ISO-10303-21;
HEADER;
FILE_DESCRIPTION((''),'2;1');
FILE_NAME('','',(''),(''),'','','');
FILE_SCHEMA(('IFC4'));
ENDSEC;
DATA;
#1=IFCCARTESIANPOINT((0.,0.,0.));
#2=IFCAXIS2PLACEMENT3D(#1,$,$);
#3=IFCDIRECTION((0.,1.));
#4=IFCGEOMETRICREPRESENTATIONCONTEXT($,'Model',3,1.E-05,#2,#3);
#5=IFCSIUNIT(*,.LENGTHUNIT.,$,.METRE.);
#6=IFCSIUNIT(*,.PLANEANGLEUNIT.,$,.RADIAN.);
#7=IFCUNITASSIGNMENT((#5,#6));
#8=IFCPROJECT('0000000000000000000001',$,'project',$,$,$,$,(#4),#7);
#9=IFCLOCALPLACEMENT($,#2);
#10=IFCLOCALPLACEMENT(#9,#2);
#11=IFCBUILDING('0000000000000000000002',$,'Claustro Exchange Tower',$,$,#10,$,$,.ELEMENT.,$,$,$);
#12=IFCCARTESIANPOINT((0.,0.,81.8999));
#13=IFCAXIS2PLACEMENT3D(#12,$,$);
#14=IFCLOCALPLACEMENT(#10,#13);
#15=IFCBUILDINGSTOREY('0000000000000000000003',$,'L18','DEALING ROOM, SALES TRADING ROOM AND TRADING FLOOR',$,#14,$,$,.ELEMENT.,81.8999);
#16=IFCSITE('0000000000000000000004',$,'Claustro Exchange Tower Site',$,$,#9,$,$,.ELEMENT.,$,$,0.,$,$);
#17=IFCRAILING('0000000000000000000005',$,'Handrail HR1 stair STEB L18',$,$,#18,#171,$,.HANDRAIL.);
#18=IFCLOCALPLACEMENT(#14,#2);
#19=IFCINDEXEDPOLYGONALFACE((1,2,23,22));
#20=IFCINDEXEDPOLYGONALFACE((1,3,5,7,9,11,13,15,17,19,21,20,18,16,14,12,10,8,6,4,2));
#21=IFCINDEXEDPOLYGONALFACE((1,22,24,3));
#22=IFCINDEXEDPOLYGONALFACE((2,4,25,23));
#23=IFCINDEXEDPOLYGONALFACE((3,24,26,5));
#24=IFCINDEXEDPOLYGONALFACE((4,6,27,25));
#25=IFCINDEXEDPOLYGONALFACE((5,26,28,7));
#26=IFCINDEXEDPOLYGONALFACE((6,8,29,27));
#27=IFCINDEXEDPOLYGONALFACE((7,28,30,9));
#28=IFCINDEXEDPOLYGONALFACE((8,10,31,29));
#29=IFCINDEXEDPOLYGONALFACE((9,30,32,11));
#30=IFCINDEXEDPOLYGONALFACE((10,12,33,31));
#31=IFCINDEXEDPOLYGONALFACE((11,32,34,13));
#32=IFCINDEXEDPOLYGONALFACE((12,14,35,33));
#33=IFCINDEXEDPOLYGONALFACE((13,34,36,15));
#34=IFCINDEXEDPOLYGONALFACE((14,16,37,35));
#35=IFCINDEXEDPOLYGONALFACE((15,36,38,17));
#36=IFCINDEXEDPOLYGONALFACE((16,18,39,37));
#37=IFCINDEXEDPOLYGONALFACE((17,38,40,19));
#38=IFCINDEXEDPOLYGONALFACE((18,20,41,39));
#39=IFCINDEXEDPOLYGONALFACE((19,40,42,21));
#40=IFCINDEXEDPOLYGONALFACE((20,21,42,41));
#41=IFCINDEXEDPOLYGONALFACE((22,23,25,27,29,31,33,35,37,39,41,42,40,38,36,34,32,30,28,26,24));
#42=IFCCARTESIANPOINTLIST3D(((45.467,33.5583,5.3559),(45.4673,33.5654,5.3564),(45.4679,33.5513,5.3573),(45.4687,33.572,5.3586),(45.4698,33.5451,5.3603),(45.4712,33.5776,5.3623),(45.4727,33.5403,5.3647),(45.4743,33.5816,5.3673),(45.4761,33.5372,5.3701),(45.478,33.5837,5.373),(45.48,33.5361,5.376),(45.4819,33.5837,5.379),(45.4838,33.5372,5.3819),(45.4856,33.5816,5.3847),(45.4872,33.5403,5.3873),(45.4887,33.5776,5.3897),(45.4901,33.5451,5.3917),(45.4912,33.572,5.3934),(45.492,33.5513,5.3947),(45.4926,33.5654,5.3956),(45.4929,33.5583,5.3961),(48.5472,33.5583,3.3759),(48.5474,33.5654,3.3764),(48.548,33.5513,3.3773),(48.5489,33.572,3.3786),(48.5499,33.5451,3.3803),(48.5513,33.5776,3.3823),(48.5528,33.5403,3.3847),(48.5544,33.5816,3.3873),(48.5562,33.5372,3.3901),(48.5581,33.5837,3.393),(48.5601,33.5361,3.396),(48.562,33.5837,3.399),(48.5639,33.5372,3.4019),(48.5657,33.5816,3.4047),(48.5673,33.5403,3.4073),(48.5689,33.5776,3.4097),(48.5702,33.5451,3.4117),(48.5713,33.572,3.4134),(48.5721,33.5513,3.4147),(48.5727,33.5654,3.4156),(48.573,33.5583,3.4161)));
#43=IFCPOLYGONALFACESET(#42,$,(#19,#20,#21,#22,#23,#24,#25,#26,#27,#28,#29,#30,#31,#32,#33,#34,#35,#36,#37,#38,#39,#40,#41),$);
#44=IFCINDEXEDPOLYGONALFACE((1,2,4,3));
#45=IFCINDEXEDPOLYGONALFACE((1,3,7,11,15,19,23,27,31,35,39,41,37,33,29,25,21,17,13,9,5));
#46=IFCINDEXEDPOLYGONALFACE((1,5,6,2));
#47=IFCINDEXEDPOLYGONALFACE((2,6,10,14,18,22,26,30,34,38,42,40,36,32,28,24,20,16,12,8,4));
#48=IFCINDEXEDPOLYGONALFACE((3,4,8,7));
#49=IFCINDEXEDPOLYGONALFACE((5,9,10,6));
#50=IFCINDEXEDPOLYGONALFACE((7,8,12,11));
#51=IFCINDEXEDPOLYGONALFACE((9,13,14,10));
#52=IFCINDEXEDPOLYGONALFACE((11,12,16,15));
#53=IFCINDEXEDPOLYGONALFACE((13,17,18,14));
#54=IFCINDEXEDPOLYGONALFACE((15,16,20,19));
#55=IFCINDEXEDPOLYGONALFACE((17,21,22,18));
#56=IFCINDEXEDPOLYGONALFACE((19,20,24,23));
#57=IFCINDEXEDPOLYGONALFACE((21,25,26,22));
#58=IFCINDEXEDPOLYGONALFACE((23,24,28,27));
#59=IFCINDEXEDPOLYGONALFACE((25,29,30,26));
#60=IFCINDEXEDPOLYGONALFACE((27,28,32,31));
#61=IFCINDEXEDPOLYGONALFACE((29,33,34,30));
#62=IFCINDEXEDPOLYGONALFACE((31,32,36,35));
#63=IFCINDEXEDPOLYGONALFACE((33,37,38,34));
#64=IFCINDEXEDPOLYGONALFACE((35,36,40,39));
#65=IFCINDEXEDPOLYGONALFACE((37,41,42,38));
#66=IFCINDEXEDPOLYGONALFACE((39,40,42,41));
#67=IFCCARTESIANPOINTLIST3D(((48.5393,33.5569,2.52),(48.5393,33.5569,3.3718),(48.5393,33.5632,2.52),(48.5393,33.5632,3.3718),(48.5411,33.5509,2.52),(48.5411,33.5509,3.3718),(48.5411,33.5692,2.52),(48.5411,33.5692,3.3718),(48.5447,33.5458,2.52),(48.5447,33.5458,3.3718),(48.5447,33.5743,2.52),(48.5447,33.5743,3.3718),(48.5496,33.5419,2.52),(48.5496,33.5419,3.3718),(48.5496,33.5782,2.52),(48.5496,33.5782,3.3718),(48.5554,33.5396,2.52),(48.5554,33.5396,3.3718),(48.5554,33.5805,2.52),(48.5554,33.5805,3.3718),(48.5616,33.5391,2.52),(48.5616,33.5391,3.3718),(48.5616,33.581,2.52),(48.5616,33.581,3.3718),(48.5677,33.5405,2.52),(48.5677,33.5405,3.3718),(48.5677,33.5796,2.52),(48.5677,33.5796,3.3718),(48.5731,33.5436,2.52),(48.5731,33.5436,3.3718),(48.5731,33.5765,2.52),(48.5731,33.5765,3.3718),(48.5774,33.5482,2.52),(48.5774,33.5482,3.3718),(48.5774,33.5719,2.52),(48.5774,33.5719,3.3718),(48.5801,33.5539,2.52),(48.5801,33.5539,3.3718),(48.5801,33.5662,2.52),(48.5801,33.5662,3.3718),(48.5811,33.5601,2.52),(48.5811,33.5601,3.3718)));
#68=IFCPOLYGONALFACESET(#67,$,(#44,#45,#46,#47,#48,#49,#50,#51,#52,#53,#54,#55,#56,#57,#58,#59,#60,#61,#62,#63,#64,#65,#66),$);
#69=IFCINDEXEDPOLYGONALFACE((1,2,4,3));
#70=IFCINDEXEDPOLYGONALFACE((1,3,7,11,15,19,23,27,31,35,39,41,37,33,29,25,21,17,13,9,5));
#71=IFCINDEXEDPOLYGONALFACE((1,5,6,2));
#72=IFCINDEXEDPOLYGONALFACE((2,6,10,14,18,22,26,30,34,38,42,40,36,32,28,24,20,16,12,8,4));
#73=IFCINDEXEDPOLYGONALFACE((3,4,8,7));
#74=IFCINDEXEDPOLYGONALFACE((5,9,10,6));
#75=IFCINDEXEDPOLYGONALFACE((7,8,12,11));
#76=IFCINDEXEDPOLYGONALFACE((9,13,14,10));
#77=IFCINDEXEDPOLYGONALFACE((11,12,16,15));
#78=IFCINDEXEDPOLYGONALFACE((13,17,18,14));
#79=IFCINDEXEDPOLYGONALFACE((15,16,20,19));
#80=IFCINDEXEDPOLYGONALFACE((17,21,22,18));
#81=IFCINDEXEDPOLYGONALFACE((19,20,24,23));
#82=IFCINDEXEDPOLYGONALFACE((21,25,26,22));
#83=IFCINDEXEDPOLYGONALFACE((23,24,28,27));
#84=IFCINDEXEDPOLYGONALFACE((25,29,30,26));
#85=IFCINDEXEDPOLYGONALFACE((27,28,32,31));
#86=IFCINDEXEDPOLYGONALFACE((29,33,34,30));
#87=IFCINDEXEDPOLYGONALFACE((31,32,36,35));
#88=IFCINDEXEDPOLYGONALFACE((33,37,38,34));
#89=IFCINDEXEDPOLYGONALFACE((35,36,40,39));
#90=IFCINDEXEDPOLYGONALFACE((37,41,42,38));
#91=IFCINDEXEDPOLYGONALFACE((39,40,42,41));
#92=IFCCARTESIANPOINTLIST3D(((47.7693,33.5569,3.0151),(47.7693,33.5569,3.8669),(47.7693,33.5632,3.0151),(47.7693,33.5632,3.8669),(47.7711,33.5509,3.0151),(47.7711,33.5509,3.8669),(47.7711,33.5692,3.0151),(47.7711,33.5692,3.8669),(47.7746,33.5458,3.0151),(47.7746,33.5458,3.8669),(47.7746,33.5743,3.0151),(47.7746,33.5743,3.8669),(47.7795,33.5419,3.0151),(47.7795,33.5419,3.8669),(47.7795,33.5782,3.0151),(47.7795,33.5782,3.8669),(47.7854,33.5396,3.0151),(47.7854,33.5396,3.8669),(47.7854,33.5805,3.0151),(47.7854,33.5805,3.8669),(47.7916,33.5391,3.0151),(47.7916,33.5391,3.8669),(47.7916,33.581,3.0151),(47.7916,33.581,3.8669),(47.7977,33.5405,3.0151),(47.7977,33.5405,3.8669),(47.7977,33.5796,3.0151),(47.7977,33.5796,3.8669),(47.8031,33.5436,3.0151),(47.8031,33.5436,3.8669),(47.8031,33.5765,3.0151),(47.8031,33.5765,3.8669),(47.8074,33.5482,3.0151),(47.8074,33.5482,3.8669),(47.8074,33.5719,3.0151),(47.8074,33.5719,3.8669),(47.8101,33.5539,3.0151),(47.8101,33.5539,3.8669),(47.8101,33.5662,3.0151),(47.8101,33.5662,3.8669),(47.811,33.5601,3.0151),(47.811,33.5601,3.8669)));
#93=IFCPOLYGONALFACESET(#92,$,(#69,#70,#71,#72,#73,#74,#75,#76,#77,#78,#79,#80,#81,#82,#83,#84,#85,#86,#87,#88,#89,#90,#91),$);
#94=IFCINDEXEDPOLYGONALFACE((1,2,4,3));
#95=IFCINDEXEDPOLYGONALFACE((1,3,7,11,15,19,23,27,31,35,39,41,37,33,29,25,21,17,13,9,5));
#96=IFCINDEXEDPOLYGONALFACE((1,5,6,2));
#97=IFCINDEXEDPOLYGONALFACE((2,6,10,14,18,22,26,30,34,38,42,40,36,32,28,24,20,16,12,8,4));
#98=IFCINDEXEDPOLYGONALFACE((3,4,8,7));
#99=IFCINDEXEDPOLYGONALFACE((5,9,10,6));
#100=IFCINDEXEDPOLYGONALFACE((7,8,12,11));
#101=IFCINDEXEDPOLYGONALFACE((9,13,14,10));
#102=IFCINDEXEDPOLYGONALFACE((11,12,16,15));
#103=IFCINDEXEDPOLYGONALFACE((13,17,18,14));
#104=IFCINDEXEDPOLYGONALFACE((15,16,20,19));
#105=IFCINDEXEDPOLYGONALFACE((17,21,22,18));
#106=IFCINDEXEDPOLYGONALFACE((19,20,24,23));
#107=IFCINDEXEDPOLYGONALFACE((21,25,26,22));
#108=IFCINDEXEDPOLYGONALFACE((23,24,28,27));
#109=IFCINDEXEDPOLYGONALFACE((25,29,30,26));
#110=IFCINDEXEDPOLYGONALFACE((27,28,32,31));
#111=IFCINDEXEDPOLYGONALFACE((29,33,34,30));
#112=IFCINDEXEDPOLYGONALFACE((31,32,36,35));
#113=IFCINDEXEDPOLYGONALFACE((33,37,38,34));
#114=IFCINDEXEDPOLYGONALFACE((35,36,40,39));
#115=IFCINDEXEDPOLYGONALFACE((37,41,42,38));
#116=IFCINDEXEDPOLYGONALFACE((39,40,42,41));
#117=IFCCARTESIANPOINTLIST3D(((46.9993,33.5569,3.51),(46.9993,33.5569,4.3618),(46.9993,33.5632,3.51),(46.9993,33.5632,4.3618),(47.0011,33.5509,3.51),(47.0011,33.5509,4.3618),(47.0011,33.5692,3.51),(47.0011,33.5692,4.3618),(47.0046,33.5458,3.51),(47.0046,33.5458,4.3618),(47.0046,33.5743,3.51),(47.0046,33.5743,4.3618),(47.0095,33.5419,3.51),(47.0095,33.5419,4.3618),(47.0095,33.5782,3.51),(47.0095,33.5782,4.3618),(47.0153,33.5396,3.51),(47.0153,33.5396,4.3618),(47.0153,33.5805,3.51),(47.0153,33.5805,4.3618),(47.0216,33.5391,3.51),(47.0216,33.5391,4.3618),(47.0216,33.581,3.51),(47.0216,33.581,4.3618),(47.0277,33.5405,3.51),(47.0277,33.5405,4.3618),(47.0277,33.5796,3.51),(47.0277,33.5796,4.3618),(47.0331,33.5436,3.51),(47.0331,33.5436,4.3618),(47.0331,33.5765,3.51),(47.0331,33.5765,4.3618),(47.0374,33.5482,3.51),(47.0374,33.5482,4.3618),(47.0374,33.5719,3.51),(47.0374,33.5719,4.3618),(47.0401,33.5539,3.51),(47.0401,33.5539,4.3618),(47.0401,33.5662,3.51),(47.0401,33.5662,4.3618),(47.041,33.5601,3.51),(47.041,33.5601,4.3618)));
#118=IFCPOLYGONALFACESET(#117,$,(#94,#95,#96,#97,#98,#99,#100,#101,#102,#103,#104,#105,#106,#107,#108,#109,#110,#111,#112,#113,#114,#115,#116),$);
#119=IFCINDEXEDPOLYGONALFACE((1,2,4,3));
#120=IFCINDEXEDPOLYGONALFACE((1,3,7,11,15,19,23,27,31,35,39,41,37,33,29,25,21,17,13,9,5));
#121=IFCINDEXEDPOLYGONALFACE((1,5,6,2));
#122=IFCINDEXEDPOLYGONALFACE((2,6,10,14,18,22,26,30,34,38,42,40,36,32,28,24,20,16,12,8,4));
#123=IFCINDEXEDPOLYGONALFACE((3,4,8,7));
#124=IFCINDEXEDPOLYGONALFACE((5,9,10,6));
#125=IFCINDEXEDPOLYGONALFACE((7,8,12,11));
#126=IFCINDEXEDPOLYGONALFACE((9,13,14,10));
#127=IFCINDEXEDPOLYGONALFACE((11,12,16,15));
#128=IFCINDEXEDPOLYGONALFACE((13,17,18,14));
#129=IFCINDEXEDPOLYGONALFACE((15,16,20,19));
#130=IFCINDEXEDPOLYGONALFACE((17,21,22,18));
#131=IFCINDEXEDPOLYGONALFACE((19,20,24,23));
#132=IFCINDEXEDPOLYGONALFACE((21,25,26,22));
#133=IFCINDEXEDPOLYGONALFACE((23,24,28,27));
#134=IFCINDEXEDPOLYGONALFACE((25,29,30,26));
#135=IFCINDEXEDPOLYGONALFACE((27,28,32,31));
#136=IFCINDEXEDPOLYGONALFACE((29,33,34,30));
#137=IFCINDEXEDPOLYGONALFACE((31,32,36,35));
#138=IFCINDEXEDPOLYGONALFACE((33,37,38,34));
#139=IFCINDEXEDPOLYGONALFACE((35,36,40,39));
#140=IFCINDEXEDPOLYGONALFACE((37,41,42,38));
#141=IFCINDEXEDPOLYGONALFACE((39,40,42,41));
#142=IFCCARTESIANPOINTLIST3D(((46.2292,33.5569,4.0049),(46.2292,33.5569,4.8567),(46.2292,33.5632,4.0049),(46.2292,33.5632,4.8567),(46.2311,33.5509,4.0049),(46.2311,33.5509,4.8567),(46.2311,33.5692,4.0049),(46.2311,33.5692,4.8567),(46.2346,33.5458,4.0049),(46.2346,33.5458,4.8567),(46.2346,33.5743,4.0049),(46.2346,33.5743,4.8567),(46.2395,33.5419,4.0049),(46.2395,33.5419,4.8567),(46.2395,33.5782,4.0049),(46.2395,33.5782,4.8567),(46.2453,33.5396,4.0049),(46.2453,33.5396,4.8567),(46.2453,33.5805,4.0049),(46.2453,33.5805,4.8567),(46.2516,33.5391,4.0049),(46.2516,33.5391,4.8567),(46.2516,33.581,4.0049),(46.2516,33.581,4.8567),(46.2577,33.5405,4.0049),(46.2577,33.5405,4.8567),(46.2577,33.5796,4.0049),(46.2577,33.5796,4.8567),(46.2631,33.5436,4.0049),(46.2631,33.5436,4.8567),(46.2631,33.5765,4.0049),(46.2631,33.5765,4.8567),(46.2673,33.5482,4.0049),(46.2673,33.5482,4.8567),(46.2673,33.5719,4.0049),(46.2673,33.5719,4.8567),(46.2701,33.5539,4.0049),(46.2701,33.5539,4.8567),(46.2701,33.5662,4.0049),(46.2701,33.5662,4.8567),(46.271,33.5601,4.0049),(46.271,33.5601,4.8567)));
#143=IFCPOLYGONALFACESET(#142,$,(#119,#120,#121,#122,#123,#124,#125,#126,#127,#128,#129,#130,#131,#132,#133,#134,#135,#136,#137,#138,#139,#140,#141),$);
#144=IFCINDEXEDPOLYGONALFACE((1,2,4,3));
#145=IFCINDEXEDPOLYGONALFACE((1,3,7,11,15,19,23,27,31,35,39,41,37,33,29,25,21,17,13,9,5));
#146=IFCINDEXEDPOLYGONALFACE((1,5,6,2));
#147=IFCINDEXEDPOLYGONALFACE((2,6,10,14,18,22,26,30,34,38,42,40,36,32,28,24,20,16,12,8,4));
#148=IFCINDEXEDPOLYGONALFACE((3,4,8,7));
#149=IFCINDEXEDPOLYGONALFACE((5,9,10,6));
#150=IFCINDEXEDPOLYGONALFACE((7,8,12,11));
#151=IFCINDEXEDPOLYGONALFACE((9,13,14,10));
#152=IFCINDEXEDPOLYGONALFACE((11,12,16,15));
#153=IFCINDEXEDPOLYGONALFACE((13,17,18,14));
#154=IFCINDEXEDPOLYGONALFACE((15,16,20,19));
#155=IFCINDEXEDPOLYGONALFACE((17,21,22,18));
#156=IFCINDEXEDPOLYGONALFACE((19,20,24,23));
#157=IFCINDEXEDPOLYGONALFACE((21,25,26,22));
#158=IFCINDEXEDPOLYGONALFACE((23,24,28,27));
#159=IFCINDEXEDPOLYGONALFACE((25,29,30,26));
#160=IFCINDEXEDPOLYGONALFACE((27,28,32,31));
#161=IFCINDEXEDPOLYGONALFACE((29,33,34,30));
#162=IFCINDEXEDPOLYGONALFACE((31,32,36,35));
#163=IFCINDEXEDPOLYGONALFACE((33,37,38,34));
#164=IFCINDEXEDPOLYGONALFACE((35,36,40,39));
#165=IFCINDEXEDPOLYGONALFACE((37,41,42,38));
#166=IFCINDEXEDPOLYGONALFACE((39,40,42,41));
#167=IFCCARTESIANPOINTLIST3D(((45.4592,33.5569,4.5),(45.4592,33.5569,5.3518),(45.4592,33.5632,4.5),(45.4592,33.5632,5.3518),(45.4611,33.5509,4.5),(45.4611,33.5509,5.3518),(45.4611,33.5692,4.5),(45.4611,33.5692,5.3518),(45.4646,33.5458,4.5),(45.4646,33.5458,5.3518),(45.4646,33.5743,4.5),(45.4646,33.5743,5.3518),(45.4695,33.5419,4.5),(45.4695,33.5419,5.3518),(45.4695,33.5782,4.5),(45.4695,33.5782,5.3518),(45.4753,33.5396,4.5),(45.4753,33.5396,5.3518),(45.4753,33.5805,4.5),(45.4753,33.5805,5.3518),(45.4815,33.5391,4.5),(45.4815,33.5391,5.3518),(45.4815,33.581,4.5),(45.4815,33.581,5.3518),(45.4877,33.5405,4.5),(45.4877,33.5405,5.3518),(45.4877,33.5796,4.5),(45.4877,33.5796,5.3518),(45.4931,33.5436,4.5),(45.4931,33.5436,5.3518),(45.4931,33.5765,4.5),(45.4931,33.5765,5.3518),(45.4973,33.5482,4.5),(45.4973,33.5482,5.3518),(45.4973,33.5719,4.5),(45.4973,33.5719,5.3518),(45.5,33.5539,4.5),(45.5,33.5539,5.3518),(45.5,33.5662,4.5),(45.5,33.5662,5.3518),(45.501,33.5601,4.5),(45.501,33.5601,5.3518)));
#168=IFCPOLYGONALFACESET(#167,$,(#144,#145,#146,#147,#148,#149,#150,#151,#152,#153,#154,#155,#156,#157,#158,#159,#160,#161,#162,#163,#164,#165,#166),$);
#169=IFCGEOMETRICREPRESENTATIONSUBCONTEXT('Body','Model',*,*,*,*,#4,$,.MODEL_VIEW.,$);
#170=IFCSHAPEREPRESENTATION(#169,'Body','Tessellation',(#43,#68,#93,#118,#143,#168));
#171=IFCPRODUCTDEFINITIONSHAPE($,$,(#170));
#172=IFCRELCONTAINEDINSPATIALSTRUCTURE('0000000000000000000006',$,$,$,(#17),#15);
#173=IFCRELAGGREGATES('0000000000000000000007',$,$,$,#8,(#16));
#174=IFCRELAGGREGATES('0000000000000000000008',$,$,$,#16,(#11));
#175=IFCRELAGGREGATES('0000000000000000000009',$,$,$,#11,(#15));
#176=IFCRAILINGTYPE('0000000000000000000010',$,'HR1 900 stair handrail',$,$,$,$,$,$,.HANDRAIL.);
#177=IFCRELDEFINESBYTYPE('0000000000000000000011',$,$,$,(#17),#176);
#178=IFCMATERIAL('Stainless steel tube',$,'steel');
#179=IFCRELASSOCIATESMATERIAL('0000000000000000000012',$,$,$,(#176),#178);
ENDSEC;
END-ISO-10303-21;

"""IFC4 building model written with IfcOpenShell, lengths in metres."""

from ifc_helpers import new_model, si_unit, direction, frame, origin, origin_2d, place, context, subcontext, project, spatial, circle, extrude, material, type_object, element, save


model = new_model("IFC4")

# Units and contexts
model_context = context("Model", 3, precision=1e-05, world=origin(), true_north=direction((0.0, 1.0)))
body_context = subcontext(model_context, "Body", "Model", "MODEL_VIEW")
ifc_project = project(units=[si_unit("LENGTHUNIT", "METRE"), si_unit("PLANEANGLEUNIT", "RADIAN")], contexts=[model_context])

# Site, building, storey
site_placement = place(None, origin())
site = spatial("IfcSite", under=ifc_project, at=site_placement, Name="Claustro Exchange Tower Site", CompositionType="ELEMENT", RefElevation=0.0)
building_placement = place(site_placement, origin())
building = spatial("IfcBuilding", under=site, at=building_placement, Name="Claustro Exchange Tower", CompositionType="ELEMENT")
storey_placement = place(building_placement, frame((0.0, 0.0, 81.8999)))
storey = spatial("IfcBuildingStorey", under=building, at=storey_placement, Name="L18", Description="DEALING ROOM, SALES TRADING ROOM AND TRADING FLOOR", CompositionType="ELEMENT", Elevation=81.8999)

# Railing
ifc_material_1 = material(Name="Stainless steel tube", Category="steel")
railing_type_1 = type_object("IfcRailingType", Name="HR1 900 stair handrail", PredefinedType="HANDRAIL", material=ifc_material_1)
railing_1_placement = place(storey_placement, frame((48.5601, 33.5601, 2.52)))
element("IfcRailing", 1, at=railing_1_placement, inside=storey, type_object=railing_type_1, Name="Handrail HR1 stair STEB L18", PredefinedType="HANDRAIL", context=body_context, shape_type="SweptSolid", body=[
    extrude(circle(Radius=0.0239, at=origin_2d()), frame((0.0, 0.0, 0.876), z_axis=(-0.841187, 0.0, 0.540744), x_axis=(0.0, -1.0, 0.0)), (0.0, 0.0, 1.0), 3.6616),
    extrude(circle(Radius=0.021, at=origin_2d()), origin(), (0.0, 0.0, 1.0), 0.8518),
    extrude(circle(Radius=0.021, at=origin_2d()), frame((-0.77, 0.0, 0.4951)), (0.0, 0.0, 1.0), 0.8518),
    extrude(circle(Radius=0.021, at=origin_2d()), frame((-1.54, 0.0, 0.99)), (0.0, 0.0, 1.0), 0.8518),
    extrude(circle(Radius=0.021, at=origin_2d()), frame((-2.3101, 0.0, 1.4849)), (0.0, 0.0, 1.0), 0.8518),
    extrude(circle(Radius=0.021, at=origin_2d()), frame((-3.0801, 0.0, 1.98)), (0.0, 0.0, 1.0), 0.8518),
])

save(model, "model.ifc")
